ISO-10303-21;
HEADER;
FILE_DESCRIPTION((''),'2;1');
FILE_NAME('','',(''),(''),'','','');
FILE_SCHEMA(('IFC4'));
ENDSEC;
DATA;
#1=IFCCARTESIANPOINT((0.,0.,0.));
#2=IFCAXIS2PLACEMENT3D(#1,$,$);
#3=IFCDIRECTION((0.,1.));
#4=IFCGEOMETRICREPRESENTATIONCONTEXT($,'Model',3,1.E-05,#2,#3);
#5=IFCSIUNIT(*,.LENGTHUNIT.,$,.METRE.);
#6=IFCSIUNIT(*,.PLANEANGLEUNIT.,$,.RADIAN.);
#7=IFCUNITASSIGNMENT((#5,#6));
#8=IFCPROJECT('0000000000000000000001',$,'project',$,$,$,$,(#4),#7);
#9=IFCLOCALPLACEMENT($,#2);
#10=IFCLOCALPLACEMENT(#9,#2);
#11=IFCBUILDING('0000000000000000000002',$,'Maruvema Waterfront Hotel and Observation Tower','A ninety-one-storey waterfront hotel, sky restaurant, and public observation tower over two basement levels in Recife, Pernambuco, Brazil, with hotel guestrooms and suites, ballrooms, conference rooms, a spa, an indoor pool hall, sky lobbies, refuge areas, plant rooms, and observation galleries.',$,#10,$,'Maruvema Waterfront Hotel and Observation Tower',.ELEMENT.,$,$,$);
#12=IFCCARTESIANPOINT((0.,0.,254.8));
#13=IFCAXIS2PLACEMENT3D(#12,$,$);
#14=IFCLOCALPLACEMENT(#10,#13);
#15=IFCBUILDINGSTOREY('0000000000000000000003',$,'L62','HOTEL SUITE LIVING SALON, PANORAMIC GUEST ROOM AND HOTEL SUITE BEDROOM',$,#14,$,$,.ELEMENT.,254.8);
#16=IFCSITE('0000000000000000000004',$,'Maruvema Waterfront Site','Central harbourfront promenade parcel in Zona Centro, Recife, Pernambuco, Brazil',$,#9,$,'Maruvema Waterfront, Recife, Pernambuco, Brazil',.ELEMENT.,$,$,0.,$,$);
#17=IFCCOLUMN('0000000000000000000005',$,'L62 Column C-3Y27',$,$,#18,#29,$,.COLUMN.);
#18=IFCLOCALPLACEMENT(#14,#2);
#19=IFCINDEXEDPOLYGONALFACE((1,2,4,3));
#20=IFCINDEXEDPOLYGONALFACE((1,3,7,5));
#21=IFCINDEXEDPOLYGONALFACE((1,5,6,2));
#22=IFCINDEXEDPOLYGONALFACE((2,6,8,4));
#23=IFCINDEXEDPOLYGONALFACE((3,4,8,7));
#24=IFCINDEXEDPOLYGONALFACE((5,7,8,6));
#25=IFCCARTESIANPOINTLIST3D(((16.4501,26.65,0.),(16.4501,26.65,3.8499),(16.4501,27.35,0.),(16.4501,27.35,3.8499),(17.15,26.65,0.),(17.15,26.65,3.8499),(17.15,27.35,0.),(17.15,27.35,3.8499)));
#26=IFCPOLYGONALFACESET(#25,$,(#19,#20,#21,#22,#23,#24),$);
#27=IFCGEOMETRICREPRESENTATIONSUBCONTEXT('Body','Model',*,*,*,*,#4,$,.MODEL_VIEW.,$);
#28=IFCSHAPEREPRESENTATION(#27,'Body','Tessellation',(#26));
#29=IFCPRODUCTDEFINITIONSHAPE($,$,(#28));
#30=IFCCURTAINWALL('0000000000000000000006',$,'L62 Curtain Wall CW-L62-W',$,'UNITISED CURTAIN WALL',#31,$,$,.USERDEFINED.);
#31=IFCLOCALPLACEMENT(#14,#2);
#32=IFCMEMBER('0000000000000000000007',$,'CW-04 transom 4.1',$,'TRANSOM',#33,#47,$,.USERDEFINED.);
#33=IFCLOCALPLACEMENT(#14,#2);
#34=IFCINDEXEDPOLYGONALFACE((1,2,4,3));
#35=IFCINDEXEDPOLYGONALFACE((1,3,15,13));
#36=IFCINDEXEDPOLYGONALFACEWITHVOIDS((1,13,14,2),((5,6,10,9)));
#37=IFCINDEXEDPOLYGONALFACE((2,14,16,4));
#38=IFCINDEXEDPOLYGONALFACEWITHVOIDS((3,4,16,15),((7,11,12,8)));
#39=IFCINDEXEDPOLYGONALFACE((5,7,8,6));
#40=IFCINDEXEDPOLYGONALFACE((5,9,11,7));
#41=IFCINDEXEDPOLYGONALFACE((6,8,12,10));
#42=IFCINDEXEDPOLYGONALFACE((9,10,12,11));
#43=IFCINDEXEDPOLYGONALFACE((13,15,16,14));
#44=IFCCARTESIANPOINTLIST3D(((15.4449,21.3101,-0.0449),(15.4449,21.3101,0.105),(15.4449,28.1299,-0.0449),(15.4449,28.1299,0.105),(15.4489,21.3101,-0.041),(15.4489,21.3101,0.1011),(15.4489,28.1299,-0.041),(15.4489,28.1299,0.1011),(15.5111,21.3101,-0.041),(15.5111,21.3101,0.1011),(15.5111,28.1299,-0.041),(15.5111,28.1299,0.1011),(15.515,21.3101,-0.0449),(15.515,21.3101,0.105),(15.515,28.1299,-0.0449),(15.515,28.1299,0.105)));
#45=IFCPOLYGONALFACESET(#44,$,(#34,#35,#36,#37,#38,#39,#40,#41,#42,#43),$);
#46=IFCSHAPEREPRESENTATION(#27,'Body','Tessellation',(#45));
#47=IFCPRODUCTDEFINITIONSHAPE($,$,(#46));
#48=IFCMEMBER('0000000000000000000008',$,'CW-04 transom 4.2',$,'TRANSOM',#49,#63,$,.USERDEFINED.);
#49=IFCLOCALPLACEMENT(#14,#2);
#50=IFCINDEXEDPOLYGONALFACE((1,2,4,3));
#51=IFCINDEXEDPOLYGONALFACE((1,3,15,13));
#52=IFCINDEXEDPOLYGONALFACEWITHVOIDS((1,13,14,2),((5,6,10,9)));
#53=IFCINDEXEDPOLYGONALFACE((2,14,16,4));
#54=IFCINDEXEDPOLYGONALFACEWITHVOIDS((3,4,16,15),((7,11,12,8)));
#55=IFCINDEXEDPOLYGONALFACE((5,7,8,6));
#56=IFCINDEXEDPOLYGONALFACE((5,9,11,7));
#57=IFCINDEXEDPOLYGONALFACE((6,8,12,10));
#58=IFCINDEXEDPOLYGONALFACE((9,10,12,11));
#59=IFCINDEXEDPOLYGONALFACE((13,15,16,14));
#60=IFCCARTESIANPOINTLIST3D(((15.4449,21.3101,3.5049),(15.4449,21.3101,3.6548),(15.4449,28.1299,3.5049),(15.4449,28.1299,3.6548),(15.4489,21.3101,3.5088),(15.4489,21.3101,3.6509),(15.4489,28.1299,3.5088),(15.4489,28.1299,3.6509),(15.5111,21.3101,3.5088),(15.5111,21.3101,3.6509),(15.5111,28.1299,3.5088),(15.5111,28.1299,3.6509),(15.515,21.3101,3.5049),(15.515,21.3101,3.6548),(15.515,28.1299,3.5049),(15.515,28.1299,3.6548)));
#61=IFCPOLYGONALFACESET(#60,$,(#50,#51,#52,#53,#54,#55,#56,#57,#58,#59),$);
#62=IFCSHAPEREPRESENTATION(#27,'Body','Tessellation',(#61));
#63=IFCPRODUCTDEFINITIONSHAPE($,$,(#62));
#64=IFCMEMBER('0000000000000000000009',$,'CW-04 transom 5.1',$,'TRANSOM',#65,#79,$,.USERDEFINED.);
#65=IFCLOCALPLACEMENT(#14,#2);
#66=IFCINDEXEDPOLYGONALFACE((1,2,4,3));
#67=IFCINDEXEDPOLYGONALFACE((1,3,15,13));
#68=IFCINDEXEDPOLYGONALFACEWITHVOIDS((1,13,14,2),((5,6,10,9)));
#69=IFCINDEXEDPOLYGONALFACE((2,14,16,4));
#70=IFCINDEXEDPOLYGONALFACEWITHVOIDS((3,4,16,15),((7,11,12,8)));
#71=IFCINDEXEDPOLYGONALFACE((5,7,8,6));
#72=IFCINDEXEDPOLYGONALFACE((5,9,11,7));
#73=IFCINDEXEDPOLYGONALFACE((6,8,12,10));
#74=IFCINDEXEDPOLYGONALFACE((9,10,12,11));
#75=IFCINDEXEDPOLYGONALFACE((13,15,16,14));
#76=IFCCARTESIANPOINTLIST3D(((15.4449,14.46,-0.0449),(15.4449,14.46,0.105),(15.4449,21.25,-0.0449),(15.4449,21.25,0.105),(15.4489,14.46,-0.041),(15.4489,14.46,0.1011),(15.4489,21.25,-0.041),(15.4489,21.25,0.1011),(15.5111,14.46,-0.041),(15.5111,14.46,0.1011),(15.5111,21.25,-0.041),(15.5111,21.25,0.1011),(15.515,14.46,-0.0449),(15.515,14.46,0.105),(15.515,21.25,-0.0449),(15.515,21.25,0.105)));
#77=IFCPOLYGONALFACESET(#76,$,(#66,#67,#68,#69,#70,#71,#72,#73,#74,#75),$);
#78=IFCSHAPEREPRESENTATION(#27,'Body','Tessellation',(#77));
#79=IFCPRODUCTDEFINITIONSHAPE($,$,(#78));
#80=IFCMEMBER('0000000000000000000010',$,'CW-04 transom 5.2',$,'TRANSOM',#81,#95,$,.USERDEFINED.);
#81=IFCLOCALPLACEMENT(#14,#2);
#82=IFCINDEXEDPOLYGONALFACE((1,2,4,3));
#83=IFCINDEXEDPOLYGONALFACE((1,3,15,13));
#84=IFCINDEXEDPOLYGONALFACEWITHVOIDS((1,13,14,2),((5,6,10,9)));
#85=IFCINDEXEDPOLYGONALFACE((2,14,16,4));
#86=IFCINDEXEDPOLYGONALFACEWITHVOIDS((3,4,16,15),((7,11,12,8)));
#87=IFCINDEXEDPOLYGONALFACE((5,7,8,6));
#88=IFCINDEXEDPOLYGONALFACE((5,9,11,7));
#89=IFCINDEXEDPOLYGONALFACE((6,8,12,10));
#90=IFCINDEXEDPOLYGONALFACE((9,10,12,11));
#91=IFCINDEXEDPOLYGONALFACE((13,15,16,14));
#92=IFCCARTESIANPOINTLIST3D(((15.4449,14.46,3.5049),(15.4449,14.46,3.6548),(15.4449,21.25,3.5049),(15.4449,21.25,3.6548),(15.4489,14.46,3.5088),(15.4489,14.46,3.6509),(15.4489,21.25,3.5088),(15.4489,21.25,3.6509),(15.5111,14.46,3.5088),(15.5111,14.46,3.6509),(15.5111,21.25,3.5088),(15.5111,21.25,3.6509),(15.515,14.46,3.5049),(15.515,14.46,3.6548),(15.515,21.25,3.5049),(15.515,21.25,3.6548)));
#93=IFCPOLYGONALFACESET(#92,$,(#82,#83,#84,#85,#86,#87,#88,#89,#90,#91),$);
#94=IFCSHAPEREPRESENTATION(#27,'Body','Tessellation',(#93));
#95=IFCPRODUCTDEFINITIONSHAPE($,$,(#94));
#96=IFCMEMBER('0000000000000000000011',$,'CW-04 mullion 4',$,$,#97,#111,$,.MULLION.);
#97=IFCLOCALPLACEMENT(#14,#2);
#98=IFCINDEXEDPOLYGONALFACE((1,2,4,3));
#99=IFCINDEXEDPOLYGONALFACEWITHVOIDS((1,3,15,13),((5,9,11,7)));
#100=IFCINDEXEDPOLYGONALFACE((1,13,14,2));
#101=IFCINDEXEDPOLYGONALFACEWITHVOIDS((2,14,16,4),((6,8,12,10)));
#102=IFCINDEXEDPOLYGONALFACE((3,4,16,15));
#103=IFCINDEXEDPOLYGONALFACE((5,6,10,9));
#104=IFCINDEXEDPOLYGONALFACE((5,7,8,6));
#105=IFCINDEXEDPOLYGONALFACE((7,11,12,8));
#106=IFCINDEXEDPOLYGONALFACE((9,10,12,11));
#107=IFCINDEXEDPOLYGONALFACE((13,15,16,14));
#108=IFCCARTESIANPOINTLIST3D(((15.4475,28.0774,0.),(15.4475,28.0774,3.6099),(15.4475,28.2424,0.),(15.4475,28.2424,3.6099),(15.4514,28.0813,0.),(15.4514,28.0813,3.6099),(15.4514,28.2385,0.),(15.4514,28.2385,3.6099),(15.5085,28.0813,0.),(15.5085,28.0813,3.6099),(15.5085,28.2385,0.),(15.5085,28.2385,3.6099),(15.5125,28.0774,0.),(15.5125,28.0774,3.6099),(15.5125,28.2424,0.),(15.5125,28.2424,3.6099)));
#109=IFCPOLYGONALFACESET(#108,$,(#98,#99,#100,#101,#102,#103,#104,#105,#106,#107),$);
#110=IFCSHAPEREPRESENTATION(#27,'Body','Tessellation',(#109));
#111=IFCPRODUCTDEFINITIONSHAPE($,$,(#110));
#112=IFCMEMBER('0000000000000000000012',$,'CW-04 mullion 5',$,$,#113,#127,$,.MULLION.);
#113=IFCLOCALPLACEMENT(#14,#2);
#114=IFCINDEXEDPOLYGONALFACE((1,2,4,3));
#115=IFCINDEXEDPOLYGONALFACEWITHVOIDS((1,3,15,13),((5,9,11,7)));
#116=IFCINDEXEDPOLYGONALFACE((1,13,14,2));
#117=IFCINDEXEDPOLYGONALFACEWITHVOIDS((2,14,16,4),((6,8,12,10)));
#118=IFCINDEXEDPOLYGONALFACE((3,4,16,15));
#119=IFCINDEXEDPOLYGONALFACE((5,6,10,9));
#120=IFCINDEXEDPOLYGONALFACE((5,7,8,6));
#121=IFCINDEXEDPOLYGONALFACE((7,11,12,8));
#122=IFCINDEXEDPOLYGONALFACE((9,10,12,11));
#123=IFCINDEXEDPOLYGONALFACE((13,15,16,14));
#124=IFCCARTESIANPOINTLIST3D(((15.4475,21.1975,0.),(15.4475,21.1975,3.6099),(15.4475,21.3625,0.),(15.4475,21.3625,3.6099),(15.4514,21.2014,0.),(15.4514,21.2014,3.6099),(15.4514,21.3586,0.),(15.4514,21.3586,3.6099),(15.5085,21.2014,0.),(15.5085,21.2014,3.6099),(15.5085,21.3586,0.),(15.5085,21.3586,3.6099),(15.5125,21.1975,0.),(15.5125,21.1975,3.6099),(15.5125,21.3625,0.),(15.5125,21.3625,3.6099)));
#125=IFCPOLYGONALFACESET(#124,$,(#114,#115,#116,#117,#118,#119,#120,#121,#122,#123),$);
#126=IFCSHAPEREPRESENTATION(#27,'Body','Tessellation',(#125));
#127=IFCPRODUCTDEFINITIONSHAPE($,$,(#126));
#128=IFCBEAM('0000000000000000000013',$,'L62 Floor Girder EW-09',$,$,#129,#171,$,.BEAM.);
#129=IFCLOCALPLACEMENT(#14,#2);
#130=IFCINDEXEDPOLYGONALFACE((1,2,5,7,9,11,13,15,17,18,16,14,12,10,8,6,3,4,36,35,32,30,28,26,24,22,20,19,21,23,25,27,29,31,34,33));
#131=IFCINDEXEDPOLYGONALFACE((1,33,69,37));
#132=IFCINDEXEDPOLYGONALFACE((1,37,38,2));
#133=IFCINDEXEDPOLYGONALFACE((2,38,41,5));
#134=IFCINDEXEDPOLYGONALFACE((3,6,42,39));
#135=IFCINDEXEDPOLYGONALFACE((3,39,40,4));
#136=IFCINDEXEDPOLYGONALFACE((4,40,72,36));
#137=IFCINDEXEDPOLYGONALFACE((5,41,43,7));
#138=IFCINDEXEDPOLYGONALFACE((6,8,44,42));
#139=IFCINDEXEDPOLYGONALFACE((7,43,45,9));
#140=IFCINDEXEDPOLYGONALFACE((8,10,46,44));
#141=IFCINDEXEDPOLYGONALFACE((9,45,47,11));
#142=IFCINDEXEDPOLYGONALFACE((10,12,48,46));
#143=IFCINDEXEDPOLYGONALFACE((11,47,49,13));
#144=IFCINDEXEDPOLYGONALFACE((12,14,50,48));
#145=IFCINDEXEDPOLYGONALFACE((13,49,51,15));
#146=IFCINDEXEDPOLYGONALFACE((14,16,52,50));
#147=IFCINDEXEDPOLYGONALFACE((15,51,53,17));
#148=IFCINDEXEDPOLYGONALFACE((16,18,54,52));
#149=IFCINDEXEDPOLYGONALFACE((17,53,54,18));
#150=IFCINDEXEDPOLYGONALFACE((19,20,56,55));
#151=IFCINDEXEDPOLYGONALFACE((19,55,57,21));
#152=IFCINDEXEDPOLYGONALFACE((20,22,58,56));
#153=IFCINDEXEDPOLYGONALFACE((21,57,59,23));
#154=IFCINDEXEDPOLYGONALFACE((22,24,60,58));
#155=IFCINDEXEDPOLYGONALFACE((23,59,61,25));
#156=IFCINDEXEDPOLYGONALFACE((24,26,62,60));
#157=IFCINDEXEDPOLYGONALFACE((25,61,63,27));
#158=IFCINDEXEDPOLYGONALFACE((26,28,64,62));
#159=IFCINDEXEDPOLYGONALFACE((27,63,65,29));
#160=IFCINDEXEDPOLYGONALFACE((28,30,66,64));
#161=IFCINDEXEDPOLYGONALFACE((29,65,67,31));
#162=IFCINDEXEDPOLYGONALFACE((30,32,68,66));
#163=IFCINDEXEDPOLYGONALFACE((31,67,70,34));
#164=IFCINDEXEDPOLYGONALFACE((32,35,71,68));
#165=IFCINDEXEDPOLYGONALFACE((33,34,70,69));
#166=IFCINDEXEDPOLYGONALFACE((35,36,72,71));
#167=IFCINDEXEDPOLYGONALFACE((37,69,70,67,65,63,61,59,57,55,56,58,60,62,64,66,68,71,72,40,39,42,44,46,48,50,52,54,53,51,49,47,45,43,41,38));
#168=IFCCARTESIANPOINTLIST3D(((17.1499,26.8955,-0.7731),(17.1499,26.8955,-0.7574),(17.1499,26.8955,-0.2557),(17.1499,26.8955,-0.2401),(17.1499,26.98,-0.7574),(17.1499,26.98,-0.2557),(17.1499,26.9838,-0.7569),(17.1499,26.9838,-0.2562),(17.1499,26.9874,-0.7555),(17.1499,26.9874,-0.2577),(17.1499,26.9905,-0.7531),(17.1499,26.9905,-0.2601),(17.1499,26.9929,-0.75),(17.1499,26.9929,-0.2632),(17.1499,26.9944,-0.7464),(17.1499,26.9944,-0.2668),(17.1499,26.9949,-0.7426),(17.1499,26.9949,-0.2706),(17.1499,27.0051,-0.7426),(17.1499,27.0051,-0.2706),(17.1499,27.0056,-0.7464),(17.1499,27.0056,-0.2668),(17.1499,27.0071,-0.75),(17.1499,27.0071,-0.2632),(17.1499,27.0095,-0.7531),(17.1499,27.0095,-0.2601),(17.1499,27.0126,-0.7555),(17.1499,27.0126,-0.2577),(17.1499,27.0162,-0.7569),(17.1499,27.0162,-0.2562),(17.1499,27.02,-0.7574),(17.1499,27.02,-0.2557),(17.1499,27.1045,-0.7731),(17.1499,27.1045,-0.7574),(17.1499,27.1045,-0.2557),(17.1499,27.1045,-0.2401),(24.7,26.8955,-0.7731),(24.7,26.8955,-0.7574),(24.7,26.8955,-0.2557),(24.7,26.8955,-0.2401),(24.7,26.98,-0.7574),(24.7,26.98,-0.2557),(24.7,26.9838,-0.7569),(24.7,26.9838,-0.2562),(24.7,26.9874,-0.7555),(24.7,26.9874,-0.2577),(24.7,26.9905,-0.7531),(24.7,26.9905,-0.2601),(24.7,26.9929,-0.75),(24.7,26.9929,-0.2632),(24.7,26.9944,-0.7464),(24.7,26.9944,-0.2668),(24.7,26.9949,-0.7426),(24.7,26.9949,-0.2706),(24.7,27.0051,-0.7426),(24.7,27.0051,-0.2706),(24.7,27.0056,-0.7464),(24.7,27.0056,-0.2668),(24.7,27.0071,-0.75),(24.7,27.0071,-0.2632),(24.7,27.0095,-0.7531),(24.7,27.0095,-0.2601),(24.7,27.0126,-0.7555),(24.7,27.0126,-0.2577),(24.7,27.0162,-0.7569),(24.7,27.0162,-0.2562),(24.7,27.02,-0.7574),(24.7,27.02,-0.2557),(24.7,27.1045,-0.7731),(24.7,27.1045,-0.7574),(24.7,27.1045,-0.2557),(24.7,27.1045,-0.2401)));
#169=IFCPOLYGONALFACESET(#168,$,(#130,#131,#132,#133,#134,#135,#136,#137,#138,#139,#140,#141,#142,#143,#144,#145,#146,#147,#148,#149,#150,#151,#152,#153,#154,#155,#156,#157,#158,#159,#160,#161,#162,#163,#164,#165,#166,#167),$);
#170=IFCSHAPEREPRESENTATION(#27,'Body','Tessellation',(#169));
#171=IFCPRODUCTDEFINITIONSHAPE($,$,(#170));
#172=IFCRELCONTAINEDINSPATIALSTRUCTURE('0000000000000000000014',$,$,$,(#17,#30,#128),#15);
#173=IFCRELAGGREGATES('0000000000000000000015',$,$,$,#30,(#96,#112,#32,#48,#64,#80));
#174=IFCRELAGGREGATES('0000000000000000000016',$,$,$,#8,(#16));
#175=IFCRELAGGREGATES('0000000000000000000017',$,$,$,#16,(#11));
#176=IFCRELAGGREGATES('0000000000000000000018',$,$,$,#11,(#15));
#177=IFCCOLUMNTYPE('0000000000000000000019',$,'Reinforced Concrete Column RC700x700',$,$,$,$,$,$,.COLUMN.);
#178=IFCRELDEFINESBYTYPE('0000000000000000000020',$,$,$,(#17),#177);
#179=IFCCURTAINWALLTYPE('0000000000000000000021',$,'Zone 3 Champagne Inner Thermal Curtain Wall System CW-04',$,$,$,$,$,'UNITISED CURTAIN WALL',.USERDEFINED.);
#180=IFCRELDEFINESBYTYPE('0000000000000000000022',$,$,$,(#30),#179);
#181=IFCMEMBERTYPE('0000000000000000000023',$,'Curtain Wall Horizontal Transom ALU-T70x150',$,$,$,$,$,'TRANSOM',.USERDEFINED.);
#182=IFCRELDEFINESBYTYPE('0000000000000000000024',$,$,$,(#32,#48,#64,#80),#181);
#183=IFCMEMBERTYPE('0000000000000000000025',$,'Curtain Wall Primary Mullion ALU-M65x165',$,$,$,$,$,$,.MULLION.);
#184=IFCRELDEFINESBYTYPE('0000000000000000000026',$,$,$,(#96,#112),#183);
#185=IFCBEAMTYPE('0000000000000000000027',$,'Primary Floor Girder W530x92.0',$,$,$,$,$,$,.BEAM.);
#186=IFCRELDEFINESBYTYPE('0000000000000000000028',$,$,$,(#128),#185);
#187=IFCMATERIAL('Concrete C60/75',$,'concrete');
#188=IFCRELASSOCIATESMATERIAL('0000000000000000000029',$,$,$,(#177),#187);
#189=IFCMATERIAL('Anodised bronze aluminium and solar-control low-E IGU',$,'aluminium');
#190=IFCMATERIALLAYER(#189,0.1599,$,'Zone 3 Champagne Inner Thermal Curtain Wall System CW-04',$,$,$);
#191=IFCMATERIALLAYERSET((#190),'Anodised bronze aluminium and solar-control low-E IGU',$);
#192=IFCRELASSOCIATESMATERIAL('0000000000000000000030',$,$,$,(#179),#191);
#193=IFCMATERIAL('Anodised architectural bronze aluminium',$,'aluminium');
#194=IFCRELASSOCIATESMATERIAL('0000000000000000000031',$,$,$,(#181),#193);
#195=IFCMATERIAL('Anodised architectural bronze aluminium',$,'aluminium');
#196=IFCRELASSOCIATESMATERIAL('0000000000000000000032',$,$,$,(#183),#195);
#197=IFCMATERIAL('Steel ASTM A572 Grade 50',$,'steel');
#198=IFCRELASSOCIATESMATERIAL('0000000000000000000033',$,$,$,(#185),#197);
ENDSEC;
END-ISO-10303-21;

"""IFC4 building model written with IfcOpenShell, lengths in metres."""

from ifc_helpers import new_model, si_unit, direction, frame, origin, origin_2d, place, context, subcontext, project, spatial, rectangle, hollow_rectangle, i_section, extrude, material, layer, layer_set, material_profile, profile_set, type_object, element, aggregate, save


model = new_model("IFC4")

# Units and contexts
model_context = context("Model", 3, precision=1e-05, world=origin(), true_north=direction((0.0, 1.0)))
body_context = subcontext(model_context, "Body", "Model", "MODEL_VIEW")
ifc_project = project(units=[si_unit("LENGTHUNIT", "METRE"), si_unit("PLANEANGLEUNIT", "RADIAN")], contexts=[model_context])

# Site, building, storey
site_placement = place(None, origin())
site = spatial("IfcSite", under=ifc_project, at=site_placement, Name="Maruvema Waterfront Site", Description="Central harbourfront promenade parcel in Zona Centro, Recife, Pernambuco, Brazil", LongName="Maruvema Waterfront, Recife, Pernambuco, Brazil", CompositionType="ELEMENT", RefElevation=0.0)
building_placement = place(site_placement, origin())
building = spatial("IfcBuilding", under=site, at=building_placement, Name="Maruvema Waterfront Hotel and Observation Tower", Description="A ninety-one-storey waterfront hotel, sky restaurant, and public observation tower over two basement levels in Recife, Pernambuco, Brazil, with hotel guestrooms and suites, ballrooms, conference rooms, a spa, an indoor pool hall, sky lobbies, refuge areas, plant rooms, and observation galleries.", LongName="Maruvema Waterfront Hotel and Observation Tower", CompositionType="ELEMENT")
storey_placement = place(building_placement, frame((0.0, 0.0, 254.8)))
storey = spatial("IfcBuildingStorey", under=building, at=storey_placement, Name="L62", Description="HOTEL SUITE LIVING SALON, PANORAMIC GUEST ROOM AND HOTEL SUITE BEDROOM", CompositionType="ELEMENT", Elevation=254.8)

# Column
ifc_material_1 = material(Name="Concrete C60/75", Category="concrete")
ifc_material_profile_1 = material_profile(ifc_material_1, rectangle(XDim=0.7, YDim=0.7, at=origin_2d()), Name="RC700x700")
ifc_profile_set_1 = profile_set([ifc_material_profile_1], Name="Concrete C60/75")
column_type = type_object("IfcColumnType", Name="Reinforced Concrete Column RC700x700", PredefinedType="COLUMN", material=ifc_profile_set_1)
column_placement = place(storey_placement, frame((16.8, 27.0, 0.0), z_axis=(0.0, 0.0, 1.0), x_axis=(1.0, 0.0, 0.0)))
element("IfcColumn", 1, at=column_placement, inside=storey, type_object=column_type, Name="L62 Column C-3Y27", PredefinedType="COLUMN", context=body_context, shape_type="SweptSolid", body=[
    extrude(rectangle(XDim=0.7, YDim=0.7, at=origin_2d()), origin(), (0.0, 0.0, 1.0), 3.8499),
])

# Curtain wall, members
ifc_material_2 = material(Name="Anodised bronze aluminium and solar-control low-E IGU", Category="aluminium")
ifc_layer_1 = layer(ifc_material_2, 0.1599, Name="Zone 3 Champagne Inner Thermal Curtain Wall System CW-04")
ifc_layer_set_1 = layer_set([ifc_layer_1], Name="Anodised bronze aluminium and solar-control low-E IGU")
curtain_wall_type = type_object("IfcCurtainWallType", Name="Zone 3 Champagne Inner Thermal Curtain Wall System CW-04", ElementType="UNITISED CURTAIN WALL", PredefinedType="USERDEFINED", material=ifc_layer_set_1)
curtain_wall_placement = place(storey_placement, origin())
curtain_wall = element("IfcCurtainWall", 2, at=curtain_wall_placement, inside=storey, type_object=curtain_wall_type, Name="L62 Curtain Wall CW-L62-W", ObjectType="UNITISED CURTAIN WALL", PredefinedType="USERDEFINED")
ifc_material_3 = material(Name="Anodised architectural bronze aluminium", Category="aluminium")
ifc_material_profile_2 = material_profile(ifc_material_3, hollow_rectangle(XDim=0.0701, YDim=0.1499, WallThickness=0.0039, at=origin_2d()), Name="ALU-T70x150")
ifc_profile_set_2 = profile_set([ifc_material_profile_2], Name="Anodised architectural bronze aluminium")
member_type_1 = type_object("IfcMemberType", Name="Curtain Wall Horizontal Transom ALU-T70x150", ElementType="TRANSOM", PredefinedType="USERDEFINED", material=ifc_profile_set_2)
member_1_placement = place(storey_placement, frame((15.48, 28.1299, 0.03), z_axis=(0.0, -1.0, 0.0), x_axis=(1.0, 0.0, 0.0)))
member_1 = element("IfcMember", 3, at=member_1_placement, type_object=member_type_1, Name="CW-04 transom 4.1", ObjectType="TRANSOM", PredefinedType="USERDEFINED", context=body_context, shape_type="SweptSolid", body=[
    extrude(hollow_rectangle(XDim=0.0701, YDim=0.1499, WallThickness=0.0039, at=origin_2d()), origin(), (0.0, 0.0, 1.0), 6.8198),
])
member_2_placement = place(storey_placement, frame((15.48, 28.1299, 3.5798), z_axis=(0.0, -1.0, 0.0), x_axis=(1.0, 0.0, 0.0)))
member_2 = element("IfcMember", 4, at=member_2_placement, type_object=member_type_1, Name="CW-04 transom 4.2", ObjectType="TRANSOM", PredefinedType="USERDEFINED", context=body_context, shape_type="SweptSolid", body=[
    extrude(hollow_rectangle(XDim=0.0701, YDim=0.1499, WallThickness=0.0039, at=origin_2d()), origin(), (0.0, 0.0, 1.0), 6.8198),
])
member_3_placement = place(storey_placement, frame((15.48, 21.25, 0.03), z_axis=(0.0, -1.0, 0.0), x_axis=(1.0, 0.0, 0.0)))
member_3 = element("IfcMember", 5, at=member_3_placement, type_object=member_type_1, Name="CW-04 transom 5.1", ObjectType="TRANSOM", PredefinedType="USERDEFINED", context=body_context, shape_type="SweptSolid", body=[
    extrude(hollow_rectangle(XDim=0.0701, YDim=0.1499, WallThickness=0.0039, at=origin_2d()), origin(), (0.0, 0.0, 1.0), 6.79),
])
member_4_placement = place(storey_placement, frame((15.48, 21.25, 3.5798), z_axis=(0.0, -1.0, 0.0), x_axis=(1.0, 0.0, 0.0)))
member_4 = element("IfcMember", 6, at=member_4_placement, type_object=member_type_1, Name="CW-04 transom 5.2", ObjectType="TRANSOM", PredefinedType="USERDEFINED", context=body_context, shape_type="SweptSolid", body=[
    extrude(hollow_rectangle(XDim=0.0701, YDim=0.1499, WallThickness=0.0039, at=origin_2d()), origin(), (0.0, 0.0, 1.0), 6.79),
])
ifc_material_4 = material(Name="Anodised architectural bronze aluminium", Category="aluminium")
ifc_material_profile_3 = material_profile(ifc_material_4, hollow_rectangle(XDim=0.0649, YDim=0.165, WallThickness=0.0039, at=origin_2d()), Name="ALU-M65x165")
ifc_profile_set_3 = profile_set([ifc_material_profile_3], Name="Anodised architectural bronze aluminium")
member_type_2 = type_object("IfcMemberType", Name="Curtain Wall Primary Mullion ALU-M65x165", PredefinedType="MULLION", material=ifc_profile_set_3)
member_5_placement = place(storey_placement, frame((15.48, 28.1599, 0.0), z_axis=(0.0, 0.0, 1.0), x_axis=(1.0, 0.0, 0.0)))
member_5 = element("IfcMember", 7, at=member_5_placement, type_object=member_type_2, Name="CW-04 mullion 4", PredefinedType="MULLION", context=body_context, shape_type="SweptSolid", body=[
    extrude(hollow_rectangle(XDim=0.0649, YDim=0.165, WallThickness=0.0039, at=origin_2d()), origin(), (0.0, 0.0, 1.0), 3.6099),
])
member_6_placement = place(storey_placement, frame((15.48, 21.28, 0.0), z_axis=(0.0, 0.0, 1.0), x_axis=(1.0, 0.0, 0.0)))
member_6 = element("IfcMember", 8, at=member_6_placement, type_object=member_type_2, Name="CW-04 mullion 5", PredefinedType="MULLION", context=body_context, shape_type="SweptSolid", body=[
    extrude(hollow_rectangle(XDim=0.0649, YDim=0.165, WallThickness=0.0039, at=origin_2d()), origin(), (0.0, 0.0, 1.0), 3.6099),
])

# Beam
ifc_material_5 = material(Name="Steel ASTM A572 Grade 50", Category="steel")
ifc_material_profile_4 = material_profile(ifc_material_5, i_section(OverallWidth=0.209, OverallDepth=0.533, WebThickness=0.0103, FlangeThickness=0.0156, FilletRadius=0.0149, at=origin_2d()), Name="W530x92.0")
ifc_profile_set_4 = profile_set([ifc_material_profile_4], Name="Steel ASTM A572 Grade 50")
beam_type_1 = type_object("IfcBeamType", Name="Primary Floor Girder W530x92.0", PredefinedType="BEAM", material=ifc_profile_set_4)
beam_1_placement = place(storey_placement, frame((17.1499, 27.0, -0.5066), z_axis=(1.0, 0.0, 0.0), x_axis=(0.0, 1.0, 0.0)))
element("IfcBeam", 9, at=beam_1_placement, inside=storey, type_object=beam_type_1, Name="L62 Floor Girder EW-09", PredefinedType="BEAM", context=body_context, shape_type="SweptSolid", body=[
    extrude(i_section(OverallWidth=0.209, OverallDepth=0.533, WebThickness=0.0103, FlangeThickness=0.0156, FilletRadius=0.0149, at=origin_2d()), origin(), (0.0, 0.0, 1.0), 7.55),
])

aggregate(curtain_wall, [member_5, member_6, member_1, member_2, member_3, member_4])

save(model, "model.ifc")
